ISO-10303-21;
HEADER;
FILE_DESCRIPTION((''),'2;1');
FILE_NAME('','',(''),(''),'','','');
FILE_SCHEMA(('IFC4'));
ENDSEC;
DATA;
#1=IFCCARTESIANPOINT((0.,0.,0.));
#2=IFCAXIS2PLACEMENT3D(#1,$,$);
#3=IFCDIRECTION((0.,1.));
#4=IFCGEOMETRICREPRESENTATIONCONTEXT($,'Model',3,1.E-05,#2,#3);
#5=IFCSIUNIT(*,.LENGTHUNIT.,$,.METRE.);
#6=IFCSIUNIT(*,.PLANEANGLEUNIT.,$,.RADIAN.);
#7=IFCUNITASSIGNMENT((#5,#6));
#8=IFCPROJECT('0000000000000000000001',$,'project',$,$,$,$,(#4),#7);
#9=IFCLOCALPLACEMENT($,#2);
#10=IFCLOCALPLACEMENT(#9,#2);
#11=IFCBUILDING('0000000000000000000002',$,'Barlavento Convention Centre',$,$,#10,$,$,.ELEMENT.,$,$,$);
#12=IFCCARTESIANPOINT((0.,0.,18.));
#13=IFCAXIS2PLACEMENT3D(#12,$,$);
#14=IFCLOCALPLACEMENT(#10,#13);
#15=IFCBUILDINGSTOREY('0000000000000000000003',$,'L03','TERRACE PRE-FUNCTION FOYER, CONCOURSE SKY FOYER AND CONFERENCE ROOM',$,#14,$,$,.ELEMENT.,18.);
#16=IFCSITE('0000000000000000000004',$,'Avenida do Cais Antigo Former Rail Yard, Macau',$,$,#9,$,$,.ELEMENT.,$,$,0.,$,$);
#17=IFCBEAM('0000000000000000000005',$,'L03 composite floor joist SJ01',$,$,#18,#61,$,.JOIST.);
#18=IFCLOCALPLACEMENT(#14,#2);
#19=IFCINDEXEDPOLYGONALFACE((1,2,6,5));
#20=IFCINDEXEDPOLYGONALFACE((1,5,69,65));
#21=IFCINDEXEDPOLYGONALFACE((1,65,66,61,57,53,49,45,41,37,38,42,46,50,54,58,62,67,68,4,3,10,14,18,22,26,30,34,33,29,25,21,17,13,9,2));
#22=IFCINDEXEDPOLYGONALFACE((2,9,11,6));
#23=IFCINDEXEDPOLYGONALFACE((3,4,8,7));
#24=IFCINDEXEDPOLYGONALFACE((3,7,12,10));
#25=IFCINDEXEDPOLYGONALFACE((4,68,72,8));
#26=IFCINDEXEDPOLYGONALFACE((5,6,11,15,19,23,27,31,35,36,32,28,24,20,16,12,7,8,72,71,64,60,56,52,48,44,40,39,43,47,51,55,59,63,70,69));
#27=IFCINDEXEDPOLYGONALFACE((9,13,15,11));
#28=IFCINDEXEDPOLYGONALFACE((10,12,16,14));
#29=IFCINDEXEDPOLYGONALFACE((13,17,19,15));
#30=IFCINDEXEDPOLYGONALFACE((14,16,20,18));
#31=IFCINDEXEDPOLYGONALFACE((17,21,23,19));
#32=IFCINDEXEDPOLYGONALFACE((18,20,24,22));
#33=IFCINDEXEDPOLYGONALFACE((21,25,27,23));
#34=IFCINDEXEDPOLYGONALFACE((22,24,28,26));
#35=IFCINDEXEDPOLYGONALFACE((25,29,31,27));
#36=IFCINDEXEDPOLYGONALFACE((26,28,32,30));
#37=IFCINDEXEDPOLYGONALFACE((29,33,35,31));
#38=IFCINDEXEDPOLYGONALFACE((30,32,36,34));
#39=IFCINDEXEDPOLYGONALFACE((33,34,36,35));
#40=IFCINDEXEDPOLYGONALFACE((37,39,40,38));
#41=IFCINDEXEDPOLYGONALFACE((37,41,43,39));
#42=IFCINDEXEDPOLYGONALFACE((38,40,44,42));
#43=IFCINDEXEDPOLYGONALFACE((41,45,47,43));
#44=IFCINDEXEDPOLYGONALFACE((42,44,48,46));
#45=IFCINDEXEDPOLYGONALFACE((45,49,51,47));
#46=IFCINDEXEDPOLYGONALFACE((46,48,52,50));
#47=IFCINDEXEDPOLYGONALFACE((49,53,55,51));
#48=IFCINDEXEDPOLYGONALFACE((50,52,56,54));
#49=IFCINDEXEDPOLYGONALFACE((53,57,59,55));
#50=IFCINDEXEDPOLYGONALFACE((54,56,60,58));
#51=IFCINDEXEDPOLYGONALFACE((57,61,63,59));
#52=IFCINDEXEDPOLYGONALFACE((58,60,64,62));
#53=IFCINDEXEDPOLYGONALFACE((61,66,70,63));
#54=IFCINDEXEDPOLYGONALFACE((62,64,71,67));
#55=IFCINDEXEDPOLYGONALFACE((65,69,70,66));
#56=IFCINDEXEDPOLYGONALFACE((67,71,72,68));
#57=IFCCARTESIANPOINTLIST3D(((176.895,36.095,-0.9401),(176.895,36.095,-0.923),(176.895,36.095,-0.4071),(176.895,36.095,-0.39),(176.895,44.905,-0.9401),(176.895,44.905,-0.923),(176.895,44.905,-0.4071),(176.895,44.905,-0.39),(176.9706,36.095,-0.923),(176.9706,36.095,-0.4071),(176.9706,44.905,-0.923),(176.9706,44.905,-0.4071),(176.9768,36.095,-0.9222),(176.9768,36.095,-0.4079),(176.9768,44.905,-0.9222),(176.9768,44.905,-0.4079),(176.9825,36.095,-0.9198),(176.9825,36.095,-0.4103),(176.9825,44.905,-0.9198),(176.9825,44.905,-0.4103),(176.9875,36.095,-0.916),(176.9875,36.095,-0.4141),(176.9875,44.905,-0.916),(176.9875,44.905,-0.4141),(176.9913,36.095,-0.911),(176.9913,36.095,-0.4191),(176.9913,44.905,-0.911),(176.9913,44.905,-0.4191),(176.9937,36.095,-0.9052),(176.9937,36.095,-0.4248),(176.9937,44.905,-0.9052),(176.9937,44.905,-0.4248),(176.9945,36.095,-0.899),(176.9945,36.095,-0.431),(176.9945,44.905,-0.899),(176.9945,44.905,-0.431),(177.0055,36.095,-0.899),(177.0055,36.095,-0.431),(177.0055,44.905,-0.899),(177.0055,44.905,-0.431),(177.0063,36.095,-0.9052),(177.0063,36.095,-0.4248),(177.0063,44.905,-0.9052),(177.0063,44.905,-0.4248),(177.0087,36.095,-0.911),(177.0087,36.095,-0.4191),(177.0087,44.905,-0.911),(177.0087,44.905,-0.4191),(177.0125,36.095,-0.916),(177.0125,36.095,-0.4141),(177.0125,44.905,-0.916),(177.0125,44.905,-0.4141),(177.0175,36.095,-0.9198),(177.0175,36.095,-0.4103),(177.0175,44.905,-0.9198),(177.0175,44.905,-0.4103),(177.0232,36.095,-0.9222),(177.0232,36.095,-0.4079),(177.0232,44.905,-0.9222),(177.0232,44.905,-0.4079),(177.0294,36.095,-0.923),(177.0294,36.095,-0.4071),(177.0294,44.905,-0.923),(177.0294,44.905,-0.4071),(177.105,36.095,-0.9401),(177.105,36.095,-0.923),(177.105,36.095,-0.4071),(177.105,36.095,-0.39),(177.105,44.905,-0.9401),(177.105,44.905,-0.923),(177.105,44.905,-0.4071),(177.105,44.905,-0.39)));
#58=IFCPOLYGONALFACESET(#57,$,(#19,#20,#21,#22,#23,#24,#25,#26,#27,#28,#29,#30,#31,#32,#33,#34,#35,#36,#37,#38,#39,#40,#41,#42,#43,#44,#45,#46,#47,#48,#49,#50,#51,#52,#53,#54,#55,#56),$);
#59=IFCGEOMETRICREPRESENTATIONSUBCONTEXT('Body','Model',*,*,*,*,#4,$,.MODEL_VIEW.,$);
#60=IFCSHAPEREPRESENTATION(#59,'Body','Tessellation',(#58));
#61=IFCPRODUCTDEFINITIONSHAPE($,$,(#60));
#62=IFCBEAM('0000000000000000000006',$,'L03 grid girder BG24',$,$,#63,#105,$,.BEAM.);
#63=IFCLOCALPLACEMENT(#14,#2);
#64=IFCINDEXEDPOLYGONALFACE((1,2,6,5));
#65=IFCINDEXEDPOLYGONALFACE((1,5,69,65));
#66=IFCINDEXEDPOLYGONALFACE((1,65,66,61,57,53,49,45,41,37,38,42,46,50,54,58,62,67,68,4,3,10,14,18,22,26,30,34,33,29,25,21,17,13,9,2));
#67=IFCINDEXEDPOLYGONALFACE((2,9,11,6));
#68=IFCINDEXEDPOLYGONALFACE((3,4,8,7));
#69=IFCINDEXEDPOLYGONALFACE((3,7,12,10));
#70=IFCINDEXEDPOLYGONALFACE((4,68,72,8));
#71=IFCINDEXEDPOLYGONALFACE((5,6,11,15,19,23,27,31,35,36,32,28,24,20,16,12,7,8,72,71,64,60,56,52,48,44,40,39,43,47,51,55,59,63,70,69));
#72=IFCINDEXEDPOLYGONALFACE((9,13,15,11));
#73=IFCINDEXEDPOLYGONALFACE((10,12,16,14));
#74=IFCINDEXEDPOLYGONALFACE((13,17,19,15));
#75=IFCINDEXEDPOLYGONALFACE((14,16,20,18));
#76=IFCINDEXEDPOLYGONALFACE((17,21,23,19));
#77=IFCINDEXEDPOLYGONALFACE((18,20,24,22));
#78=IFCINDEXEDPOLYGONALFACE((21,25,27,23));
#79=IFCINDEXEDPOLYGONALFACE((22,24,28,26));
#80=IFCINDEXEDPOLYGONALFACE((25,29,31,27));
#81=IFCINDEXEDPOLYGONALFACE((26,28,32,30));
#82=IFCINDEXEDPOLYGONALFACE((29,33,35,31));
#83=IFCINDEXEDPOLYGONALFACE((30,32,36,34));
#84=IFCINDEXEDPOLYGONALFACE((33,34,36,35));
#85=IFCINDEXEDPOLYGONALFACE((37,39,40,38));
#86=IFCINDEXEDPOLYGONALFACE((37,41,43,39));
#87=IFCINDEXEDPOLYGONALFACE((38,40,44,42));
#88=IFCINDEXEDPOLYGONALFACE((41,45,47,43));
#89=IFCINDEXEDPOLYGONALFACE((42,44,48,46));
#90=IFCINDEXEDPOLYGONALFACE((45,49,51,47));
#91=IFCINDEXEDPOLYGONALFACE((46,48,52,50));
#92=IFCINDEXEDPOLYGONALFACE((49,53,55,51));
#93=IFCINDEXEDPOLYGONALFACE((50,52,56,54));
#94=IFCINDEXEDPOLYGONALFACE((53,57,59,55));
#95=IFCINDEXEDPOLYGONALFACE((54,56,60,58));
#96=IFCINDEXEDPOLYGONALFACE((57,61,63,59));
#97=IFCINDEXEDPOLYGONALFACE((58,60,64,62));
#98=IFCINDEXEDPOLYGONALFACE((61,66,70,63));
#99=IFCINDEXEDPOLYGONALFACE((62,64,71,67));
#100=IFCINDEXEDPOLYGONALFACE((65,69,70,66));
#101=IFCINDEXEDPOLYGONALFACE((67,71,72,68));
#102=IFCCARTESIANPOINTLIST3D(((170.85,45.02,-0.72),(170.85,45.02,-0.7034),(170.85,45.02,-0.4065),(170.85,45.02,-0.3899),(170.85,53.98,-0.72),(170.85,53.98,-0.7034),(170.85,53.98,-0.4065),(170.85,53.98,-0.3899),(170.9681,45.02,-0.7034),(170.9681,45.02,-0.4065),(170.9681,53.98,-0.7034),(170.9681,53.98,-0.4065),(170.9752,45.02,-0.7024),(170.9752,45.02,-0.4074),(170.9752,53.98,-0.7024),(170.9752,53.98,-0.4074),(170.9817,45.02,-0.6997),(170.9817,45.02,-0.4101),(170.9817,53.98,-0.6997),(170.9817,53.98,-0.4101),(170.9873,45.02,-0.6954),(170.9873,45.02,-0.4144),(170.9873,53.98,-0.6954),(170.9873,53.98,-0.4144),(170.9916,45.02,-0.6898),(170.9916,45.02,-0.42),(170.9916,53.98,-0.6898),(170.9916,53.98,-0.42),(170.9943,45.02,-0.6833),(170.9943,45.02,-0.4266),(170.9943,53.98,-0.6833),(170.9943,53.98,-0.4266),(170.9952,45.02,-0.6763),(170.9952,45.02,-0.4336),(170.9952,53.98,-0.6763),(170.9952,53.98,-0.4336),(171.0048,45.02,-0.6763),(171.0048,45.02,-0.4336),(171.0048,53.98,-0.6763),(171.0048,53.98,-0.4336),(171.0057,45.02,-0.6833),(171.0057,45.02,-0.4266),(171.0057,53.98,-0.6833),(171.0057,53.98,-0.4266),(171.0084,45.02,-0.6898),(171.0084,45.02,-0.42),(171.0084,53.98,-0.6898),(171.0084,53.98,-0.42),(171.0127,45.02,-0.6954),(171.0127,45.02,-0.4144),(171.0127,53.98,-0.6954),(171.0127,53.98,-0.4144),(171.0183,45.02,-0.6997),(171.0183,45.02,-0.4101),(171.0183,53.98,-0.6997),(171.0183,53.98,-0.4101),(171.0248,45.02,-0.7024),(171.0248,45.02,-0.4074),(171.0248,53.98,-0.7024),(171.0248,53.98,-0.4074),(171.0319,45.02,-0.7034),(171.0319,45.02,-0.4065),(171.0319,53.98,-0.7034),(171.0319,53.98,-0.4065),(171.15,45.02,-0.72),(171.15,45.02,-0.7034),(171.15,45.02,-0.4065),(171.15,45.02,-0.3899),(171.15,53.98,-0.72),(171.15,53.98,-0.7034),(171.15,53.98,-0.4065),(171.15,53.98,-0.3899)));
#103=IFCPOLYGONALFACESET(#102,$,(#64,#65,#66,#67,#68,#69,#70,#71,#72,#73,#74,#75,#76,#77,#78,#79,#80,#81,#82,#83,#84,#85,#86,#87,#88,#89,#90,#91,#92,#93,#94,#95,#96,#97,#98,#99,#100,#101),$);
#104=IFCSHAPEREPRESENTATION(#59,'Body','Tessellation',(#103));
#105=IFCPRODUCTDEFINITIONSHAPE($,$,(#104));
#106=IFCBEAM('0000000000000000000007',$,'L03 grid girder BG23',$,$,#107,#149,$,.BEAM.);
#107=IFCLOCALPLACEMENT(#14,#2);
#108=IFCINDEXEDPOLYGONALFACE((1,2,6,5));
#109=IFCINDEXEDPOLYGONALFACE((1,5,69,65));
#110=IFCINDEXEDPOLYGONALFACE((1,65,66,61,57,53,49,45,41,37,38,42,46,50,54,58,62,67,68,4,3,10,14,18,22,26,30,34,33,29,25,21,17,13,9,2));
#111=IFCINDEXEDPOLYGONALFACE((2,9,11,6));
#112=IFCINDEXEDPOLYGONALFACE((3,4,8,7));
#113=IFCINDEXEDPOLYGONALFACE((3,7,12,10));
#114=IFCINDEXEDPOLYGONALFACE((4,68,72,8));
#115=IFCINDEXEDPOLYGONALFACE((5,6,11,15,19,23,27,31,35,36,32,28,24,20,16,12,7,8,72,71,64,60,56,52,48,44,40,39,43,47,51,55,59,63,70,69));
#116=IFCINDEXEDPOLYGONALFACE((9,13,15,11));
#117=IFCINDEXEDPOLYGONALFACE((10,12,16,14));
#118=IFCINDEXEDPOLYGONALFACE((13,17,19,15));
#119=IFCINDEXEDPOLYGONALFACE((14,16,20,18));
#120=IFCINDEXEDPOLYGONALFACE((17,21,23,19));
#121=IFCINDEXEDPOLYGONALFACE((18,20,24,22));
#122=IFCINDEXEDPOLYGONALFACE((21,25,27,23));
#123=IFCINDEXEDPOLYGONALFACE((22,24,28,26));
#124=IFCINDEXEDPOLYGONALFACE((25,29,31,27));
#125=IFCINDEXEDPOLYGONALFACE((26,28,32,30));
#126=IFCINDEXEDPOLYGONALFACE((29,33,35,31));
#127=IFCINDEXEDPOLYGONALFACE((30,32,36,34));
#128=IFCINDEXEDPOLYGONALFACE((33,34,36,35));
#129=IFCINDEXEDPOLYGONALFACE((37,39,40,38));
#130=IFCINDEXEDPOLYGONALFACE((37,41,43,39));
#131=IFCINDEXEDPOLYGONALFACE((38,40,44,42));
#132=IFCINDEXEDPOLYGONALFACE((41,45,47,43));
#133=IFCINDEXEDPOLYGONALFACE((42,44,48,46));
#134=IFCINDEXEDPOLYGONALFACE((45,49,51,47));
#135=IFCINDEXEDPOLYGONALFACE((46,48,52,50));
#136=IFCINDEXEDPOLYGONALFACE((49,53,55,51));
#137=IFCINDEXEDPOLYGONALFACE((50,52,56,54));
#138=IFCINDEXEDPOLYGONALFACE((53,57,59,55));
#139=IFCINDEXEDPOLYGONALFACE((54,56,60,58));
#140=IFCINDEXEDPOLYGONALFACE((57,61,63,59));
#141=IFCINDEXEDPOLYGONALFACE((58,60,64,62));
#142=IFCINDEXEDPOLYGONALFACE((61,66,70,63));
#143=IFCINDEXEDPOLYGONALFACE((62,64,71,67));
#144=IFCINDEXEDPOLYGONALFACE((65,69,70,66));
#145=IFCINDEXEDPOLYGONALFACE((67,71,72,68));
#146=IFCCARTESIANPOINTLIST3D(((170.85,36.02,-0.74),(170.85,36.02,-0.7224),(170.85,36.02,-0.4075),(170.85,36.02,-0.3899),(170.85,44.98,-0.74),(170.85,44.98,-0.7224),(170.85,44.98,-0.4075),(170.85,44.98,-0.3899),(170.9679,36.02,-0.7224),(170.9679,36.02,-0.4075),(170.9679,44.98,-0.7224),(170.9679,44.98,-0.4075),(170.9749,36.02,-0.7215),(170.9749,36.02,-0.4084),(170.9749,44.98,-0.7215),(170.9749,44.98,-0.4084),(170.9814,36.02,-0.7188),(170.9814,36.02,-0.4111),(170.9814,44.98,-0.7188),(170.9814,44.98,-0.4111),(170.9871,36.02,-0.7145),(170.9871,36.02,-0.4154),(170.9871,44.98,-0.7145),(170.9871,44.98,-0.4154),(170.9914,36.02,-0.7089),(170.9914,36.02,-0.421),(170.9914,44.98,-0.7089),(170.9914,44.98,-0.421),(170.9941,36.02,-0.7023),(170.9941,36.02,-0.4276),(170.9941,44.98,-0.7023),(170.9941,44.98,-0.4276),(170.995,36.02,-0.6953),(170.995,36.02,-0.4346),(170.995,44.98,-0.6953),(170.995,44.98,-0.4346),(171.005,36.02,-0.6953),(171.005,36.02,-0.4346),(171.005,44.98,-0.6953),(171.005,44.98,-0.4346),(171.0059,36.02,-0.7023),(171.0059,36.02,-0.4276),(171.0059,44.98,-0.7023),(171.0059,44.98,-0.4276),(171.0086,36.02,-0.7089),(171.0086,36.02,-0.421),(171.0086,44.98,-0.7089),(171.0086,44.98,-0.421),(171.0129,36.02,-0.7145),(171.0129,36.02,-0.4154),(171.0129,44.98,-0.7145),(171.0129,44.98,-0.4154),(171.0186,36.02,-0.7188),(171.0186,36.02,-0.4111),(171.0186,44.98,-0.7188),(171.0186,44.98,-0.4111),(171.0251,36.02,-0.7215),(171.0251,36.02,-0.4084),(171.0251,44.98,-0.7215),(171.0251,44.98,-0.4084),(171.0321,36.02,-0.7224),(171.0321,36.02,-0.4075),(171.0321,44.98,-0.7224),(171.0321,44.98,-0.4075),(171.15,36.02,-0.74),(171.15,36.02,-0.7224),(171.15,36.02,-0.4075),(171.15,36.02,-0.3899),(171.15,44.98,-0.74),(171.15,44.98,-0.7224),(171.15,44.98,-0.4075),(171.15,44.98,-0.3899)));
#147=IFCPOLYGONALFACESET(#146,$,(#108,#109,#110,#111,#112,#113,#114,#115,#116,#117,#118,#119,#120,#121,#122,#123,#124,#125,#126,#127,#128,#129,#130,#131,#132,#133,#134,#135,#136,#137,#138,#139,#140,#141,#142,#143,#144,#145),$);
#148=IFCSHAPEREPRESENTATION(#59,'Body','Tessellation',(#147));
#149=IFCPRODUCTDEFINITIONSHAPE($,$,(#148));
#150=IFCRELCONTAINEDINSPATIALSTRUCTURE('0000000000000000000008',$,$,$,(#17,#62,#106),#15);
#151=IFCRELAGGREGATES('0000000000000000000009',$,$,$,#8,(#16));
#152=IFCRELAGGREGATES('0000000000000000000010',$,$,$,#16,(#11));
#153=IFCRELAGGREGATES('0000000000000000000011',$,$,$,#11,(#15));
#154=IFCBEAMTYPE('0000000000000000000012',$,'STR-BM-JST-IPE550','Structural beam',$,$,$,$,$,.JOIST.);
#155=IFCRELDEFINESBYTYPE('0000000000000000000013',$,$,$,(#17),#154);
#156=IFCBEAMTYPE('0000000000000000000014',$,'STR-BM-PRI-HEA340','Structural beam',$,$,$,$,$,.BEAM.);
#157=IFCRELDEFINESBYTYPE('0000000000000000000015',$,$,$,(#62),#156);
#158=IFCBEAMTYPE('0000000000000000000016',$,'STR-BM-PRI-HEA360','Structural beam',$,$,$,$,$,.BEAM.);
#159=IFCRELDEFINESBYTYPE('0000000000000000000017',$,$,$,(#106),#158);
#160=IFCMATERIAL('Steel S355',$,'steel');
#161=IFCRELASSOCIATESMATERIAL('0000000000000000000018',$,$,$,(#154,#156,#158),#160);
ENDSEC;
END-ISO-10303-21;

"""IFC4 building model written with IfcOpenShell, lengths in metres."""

from ifc_helpers import new_model, si_unit, direction, frame, origin, origin_2d, place, context, subcontext, project, spatial, i_section, extrude, material, material_profile, profile_set, type_object, element, save


model = new_model("IFC4")

# Units and contexts
model_context = context("Model", 3, precision=1e-05, world=origin(), true_north=direction((0.0, 1.0)))
body_context = subcontext(model_context, "Body", "Model", "MODEL_VIEW")
ifc_project = project(units=[si_unit("LENGTHUNIT", "METRE"), si_unit("PLANEANGLEUNIT", "RADIAN")], contexts=[model_context])

# Site, building, storey
site_placement = place(None, origin())
site = spatial("IfcSite", under=ifc_project, at=site_placement, Name="Avenida do Cais Antigo Former Rail Yard, Macau", CompositionType="ELEMENT", RefElevation=0.0)
building_placement = place(site_placement, origin())
building = spatial("IfcBuilding", under=site, at=building_placement, Name="Barlavento Convention Centre", CompositionType="ELEMENT")
storey_placement = place(building_placement, frame((0.0, 0.0, 18.0)))
storey = spatial("IfcBuildingStorey", under=building, at=storey_placement, Name="L03", Description="TERRACE PRE-FUNCTION FOYER, CONCOURSE SKY FOYER AND CONFERENCE ROOM", CompositionType="ELEMENT", Elevation=18.0)

# Shared definitions
ifc_material_1 = material(Name="Steel S355", Category="steel")

# Beams
ifc_material_profile_1 = material_profile(ifc_material_1, i_section(OverallWidth=0.21, OverallDepth=0.55, WebThickness=0.011, FlangeThickness=0.0171, FilletRadius=0.0239, at=origin_2d()), Name="IPE 550")
ifc_profile_set_1 = profile_set([ifc_material_profile_1], Name="Steel S355")
beam_type_1 = type_object("IfcBeamType", Name="STR-BM-JST-IPE550", Description="Structural beam", PredefinedType="JOIST", material=ifc_profile_set_1)
beam_1_placement = place(storey_placement, frame((177.0, 36.095, -0.665), z_axis=(0.0, 1.0, 0.0), x_axis=(-1.0, 0.0, 0.0)))
element("IfcBeam", 1, at=beam_1_placement, inside=storey, type_object=beam_type_1, Name="L03 composite floor joist SJ01", PredefinedType="JOIST", context=body_context, shape_type="SweptSolid", body=[
    extrude(i_section(OverallWidth=0.21, OverallDepth=0.55, WebThickness=0.011, FlangeThickness=0.0171, FilletRadius=0.0239, at=origin_2d()), origin(), (0.0, 0.0, 1.0), 8.8101),
])
ifc_material_profile_2 = material_profile(ifc_material_1, i_section(OverallWidth=0.3, OverallDepth=0.3301, WebThickness=0.0095, FlangeThickness=0.0166, FilletRadius=0.0271, at=origin_2d()), Name="HEA 340")
ifc_profile_set_2 = profile_set([ifc_material_profile_2], Name="Steel S355")
beam_type_2 = type_object("IfcBeamType", Name="STR-BM-PRI-HEA340", Description="Structural beam", PredefinedType="BEAM", material=ifc_profile_set_2)
beam_2_placement = place(storey_placement, frame((171.0, 45.02, -0.5549), z_axis=(0.0, 1.0, 0.0), x_axis=(-1.0, 0.0, 0.0)))
element("IfcBeam", 2, at=beam_2_placement, inside=storey, type_object=beam_type_2, Name="L03 grid girder BG24", PredefinedType="BEAM", context=body_context, shape_type="SweptSolid", body=[
    extrude(i_section(OverallWidth=0.3, OverallDepth=0.3301, WebThickness=0.0095, FlangeThickness=0.0166, FilletRadius=0.0271, at=origin_2d()), origin(), (0.0, 0.0, 1.0), 8.96),
])
ifc_material_profile_3 = material_profile(ifc_material_1, i_section(OverallWidth=0.3, OverallDepth=0.3501, WebThickness=0.01, FlangeThickness=0.0176, FilletRadius=0.0271, at=origin_2d()), Name="HEA 360")
ifc_profile_set_3 = profile_set([ifc_material_profile_3], Name="Steel S355")
beam_type_3 = type_object("IfcBeamType", Name="STR-BM-PRI-HEA360", Description="Structural beam", PredefinedType="BEAM", material=ifc_profile_set_3)
beam_3_placement = place(storey_placement, frame((171.0, 36.02, -0.5649), z_axis=(0.0, 1.0, 0.0), x_axis=(-1.0, 0.0, 0.0)))
element("IfcBeam", 3, at=beam_3_placement, inside=storey, type_object=beam_type_3, Name="L03 grid girder BG23", PredefinedType="BEAM", context=body_context, shape_type="SweptSolid", body=[
    extrude(i_section(OverallWidth=0.3, OverallDepth=0.3501, WebThickness=0.01, FlangeThickness=0.0176, FilletRadius=0.0271, at=origin_2d()), origin(), (0.0, 0.0, 1.0), 8.96),
])

save(model, "model.ifc")
